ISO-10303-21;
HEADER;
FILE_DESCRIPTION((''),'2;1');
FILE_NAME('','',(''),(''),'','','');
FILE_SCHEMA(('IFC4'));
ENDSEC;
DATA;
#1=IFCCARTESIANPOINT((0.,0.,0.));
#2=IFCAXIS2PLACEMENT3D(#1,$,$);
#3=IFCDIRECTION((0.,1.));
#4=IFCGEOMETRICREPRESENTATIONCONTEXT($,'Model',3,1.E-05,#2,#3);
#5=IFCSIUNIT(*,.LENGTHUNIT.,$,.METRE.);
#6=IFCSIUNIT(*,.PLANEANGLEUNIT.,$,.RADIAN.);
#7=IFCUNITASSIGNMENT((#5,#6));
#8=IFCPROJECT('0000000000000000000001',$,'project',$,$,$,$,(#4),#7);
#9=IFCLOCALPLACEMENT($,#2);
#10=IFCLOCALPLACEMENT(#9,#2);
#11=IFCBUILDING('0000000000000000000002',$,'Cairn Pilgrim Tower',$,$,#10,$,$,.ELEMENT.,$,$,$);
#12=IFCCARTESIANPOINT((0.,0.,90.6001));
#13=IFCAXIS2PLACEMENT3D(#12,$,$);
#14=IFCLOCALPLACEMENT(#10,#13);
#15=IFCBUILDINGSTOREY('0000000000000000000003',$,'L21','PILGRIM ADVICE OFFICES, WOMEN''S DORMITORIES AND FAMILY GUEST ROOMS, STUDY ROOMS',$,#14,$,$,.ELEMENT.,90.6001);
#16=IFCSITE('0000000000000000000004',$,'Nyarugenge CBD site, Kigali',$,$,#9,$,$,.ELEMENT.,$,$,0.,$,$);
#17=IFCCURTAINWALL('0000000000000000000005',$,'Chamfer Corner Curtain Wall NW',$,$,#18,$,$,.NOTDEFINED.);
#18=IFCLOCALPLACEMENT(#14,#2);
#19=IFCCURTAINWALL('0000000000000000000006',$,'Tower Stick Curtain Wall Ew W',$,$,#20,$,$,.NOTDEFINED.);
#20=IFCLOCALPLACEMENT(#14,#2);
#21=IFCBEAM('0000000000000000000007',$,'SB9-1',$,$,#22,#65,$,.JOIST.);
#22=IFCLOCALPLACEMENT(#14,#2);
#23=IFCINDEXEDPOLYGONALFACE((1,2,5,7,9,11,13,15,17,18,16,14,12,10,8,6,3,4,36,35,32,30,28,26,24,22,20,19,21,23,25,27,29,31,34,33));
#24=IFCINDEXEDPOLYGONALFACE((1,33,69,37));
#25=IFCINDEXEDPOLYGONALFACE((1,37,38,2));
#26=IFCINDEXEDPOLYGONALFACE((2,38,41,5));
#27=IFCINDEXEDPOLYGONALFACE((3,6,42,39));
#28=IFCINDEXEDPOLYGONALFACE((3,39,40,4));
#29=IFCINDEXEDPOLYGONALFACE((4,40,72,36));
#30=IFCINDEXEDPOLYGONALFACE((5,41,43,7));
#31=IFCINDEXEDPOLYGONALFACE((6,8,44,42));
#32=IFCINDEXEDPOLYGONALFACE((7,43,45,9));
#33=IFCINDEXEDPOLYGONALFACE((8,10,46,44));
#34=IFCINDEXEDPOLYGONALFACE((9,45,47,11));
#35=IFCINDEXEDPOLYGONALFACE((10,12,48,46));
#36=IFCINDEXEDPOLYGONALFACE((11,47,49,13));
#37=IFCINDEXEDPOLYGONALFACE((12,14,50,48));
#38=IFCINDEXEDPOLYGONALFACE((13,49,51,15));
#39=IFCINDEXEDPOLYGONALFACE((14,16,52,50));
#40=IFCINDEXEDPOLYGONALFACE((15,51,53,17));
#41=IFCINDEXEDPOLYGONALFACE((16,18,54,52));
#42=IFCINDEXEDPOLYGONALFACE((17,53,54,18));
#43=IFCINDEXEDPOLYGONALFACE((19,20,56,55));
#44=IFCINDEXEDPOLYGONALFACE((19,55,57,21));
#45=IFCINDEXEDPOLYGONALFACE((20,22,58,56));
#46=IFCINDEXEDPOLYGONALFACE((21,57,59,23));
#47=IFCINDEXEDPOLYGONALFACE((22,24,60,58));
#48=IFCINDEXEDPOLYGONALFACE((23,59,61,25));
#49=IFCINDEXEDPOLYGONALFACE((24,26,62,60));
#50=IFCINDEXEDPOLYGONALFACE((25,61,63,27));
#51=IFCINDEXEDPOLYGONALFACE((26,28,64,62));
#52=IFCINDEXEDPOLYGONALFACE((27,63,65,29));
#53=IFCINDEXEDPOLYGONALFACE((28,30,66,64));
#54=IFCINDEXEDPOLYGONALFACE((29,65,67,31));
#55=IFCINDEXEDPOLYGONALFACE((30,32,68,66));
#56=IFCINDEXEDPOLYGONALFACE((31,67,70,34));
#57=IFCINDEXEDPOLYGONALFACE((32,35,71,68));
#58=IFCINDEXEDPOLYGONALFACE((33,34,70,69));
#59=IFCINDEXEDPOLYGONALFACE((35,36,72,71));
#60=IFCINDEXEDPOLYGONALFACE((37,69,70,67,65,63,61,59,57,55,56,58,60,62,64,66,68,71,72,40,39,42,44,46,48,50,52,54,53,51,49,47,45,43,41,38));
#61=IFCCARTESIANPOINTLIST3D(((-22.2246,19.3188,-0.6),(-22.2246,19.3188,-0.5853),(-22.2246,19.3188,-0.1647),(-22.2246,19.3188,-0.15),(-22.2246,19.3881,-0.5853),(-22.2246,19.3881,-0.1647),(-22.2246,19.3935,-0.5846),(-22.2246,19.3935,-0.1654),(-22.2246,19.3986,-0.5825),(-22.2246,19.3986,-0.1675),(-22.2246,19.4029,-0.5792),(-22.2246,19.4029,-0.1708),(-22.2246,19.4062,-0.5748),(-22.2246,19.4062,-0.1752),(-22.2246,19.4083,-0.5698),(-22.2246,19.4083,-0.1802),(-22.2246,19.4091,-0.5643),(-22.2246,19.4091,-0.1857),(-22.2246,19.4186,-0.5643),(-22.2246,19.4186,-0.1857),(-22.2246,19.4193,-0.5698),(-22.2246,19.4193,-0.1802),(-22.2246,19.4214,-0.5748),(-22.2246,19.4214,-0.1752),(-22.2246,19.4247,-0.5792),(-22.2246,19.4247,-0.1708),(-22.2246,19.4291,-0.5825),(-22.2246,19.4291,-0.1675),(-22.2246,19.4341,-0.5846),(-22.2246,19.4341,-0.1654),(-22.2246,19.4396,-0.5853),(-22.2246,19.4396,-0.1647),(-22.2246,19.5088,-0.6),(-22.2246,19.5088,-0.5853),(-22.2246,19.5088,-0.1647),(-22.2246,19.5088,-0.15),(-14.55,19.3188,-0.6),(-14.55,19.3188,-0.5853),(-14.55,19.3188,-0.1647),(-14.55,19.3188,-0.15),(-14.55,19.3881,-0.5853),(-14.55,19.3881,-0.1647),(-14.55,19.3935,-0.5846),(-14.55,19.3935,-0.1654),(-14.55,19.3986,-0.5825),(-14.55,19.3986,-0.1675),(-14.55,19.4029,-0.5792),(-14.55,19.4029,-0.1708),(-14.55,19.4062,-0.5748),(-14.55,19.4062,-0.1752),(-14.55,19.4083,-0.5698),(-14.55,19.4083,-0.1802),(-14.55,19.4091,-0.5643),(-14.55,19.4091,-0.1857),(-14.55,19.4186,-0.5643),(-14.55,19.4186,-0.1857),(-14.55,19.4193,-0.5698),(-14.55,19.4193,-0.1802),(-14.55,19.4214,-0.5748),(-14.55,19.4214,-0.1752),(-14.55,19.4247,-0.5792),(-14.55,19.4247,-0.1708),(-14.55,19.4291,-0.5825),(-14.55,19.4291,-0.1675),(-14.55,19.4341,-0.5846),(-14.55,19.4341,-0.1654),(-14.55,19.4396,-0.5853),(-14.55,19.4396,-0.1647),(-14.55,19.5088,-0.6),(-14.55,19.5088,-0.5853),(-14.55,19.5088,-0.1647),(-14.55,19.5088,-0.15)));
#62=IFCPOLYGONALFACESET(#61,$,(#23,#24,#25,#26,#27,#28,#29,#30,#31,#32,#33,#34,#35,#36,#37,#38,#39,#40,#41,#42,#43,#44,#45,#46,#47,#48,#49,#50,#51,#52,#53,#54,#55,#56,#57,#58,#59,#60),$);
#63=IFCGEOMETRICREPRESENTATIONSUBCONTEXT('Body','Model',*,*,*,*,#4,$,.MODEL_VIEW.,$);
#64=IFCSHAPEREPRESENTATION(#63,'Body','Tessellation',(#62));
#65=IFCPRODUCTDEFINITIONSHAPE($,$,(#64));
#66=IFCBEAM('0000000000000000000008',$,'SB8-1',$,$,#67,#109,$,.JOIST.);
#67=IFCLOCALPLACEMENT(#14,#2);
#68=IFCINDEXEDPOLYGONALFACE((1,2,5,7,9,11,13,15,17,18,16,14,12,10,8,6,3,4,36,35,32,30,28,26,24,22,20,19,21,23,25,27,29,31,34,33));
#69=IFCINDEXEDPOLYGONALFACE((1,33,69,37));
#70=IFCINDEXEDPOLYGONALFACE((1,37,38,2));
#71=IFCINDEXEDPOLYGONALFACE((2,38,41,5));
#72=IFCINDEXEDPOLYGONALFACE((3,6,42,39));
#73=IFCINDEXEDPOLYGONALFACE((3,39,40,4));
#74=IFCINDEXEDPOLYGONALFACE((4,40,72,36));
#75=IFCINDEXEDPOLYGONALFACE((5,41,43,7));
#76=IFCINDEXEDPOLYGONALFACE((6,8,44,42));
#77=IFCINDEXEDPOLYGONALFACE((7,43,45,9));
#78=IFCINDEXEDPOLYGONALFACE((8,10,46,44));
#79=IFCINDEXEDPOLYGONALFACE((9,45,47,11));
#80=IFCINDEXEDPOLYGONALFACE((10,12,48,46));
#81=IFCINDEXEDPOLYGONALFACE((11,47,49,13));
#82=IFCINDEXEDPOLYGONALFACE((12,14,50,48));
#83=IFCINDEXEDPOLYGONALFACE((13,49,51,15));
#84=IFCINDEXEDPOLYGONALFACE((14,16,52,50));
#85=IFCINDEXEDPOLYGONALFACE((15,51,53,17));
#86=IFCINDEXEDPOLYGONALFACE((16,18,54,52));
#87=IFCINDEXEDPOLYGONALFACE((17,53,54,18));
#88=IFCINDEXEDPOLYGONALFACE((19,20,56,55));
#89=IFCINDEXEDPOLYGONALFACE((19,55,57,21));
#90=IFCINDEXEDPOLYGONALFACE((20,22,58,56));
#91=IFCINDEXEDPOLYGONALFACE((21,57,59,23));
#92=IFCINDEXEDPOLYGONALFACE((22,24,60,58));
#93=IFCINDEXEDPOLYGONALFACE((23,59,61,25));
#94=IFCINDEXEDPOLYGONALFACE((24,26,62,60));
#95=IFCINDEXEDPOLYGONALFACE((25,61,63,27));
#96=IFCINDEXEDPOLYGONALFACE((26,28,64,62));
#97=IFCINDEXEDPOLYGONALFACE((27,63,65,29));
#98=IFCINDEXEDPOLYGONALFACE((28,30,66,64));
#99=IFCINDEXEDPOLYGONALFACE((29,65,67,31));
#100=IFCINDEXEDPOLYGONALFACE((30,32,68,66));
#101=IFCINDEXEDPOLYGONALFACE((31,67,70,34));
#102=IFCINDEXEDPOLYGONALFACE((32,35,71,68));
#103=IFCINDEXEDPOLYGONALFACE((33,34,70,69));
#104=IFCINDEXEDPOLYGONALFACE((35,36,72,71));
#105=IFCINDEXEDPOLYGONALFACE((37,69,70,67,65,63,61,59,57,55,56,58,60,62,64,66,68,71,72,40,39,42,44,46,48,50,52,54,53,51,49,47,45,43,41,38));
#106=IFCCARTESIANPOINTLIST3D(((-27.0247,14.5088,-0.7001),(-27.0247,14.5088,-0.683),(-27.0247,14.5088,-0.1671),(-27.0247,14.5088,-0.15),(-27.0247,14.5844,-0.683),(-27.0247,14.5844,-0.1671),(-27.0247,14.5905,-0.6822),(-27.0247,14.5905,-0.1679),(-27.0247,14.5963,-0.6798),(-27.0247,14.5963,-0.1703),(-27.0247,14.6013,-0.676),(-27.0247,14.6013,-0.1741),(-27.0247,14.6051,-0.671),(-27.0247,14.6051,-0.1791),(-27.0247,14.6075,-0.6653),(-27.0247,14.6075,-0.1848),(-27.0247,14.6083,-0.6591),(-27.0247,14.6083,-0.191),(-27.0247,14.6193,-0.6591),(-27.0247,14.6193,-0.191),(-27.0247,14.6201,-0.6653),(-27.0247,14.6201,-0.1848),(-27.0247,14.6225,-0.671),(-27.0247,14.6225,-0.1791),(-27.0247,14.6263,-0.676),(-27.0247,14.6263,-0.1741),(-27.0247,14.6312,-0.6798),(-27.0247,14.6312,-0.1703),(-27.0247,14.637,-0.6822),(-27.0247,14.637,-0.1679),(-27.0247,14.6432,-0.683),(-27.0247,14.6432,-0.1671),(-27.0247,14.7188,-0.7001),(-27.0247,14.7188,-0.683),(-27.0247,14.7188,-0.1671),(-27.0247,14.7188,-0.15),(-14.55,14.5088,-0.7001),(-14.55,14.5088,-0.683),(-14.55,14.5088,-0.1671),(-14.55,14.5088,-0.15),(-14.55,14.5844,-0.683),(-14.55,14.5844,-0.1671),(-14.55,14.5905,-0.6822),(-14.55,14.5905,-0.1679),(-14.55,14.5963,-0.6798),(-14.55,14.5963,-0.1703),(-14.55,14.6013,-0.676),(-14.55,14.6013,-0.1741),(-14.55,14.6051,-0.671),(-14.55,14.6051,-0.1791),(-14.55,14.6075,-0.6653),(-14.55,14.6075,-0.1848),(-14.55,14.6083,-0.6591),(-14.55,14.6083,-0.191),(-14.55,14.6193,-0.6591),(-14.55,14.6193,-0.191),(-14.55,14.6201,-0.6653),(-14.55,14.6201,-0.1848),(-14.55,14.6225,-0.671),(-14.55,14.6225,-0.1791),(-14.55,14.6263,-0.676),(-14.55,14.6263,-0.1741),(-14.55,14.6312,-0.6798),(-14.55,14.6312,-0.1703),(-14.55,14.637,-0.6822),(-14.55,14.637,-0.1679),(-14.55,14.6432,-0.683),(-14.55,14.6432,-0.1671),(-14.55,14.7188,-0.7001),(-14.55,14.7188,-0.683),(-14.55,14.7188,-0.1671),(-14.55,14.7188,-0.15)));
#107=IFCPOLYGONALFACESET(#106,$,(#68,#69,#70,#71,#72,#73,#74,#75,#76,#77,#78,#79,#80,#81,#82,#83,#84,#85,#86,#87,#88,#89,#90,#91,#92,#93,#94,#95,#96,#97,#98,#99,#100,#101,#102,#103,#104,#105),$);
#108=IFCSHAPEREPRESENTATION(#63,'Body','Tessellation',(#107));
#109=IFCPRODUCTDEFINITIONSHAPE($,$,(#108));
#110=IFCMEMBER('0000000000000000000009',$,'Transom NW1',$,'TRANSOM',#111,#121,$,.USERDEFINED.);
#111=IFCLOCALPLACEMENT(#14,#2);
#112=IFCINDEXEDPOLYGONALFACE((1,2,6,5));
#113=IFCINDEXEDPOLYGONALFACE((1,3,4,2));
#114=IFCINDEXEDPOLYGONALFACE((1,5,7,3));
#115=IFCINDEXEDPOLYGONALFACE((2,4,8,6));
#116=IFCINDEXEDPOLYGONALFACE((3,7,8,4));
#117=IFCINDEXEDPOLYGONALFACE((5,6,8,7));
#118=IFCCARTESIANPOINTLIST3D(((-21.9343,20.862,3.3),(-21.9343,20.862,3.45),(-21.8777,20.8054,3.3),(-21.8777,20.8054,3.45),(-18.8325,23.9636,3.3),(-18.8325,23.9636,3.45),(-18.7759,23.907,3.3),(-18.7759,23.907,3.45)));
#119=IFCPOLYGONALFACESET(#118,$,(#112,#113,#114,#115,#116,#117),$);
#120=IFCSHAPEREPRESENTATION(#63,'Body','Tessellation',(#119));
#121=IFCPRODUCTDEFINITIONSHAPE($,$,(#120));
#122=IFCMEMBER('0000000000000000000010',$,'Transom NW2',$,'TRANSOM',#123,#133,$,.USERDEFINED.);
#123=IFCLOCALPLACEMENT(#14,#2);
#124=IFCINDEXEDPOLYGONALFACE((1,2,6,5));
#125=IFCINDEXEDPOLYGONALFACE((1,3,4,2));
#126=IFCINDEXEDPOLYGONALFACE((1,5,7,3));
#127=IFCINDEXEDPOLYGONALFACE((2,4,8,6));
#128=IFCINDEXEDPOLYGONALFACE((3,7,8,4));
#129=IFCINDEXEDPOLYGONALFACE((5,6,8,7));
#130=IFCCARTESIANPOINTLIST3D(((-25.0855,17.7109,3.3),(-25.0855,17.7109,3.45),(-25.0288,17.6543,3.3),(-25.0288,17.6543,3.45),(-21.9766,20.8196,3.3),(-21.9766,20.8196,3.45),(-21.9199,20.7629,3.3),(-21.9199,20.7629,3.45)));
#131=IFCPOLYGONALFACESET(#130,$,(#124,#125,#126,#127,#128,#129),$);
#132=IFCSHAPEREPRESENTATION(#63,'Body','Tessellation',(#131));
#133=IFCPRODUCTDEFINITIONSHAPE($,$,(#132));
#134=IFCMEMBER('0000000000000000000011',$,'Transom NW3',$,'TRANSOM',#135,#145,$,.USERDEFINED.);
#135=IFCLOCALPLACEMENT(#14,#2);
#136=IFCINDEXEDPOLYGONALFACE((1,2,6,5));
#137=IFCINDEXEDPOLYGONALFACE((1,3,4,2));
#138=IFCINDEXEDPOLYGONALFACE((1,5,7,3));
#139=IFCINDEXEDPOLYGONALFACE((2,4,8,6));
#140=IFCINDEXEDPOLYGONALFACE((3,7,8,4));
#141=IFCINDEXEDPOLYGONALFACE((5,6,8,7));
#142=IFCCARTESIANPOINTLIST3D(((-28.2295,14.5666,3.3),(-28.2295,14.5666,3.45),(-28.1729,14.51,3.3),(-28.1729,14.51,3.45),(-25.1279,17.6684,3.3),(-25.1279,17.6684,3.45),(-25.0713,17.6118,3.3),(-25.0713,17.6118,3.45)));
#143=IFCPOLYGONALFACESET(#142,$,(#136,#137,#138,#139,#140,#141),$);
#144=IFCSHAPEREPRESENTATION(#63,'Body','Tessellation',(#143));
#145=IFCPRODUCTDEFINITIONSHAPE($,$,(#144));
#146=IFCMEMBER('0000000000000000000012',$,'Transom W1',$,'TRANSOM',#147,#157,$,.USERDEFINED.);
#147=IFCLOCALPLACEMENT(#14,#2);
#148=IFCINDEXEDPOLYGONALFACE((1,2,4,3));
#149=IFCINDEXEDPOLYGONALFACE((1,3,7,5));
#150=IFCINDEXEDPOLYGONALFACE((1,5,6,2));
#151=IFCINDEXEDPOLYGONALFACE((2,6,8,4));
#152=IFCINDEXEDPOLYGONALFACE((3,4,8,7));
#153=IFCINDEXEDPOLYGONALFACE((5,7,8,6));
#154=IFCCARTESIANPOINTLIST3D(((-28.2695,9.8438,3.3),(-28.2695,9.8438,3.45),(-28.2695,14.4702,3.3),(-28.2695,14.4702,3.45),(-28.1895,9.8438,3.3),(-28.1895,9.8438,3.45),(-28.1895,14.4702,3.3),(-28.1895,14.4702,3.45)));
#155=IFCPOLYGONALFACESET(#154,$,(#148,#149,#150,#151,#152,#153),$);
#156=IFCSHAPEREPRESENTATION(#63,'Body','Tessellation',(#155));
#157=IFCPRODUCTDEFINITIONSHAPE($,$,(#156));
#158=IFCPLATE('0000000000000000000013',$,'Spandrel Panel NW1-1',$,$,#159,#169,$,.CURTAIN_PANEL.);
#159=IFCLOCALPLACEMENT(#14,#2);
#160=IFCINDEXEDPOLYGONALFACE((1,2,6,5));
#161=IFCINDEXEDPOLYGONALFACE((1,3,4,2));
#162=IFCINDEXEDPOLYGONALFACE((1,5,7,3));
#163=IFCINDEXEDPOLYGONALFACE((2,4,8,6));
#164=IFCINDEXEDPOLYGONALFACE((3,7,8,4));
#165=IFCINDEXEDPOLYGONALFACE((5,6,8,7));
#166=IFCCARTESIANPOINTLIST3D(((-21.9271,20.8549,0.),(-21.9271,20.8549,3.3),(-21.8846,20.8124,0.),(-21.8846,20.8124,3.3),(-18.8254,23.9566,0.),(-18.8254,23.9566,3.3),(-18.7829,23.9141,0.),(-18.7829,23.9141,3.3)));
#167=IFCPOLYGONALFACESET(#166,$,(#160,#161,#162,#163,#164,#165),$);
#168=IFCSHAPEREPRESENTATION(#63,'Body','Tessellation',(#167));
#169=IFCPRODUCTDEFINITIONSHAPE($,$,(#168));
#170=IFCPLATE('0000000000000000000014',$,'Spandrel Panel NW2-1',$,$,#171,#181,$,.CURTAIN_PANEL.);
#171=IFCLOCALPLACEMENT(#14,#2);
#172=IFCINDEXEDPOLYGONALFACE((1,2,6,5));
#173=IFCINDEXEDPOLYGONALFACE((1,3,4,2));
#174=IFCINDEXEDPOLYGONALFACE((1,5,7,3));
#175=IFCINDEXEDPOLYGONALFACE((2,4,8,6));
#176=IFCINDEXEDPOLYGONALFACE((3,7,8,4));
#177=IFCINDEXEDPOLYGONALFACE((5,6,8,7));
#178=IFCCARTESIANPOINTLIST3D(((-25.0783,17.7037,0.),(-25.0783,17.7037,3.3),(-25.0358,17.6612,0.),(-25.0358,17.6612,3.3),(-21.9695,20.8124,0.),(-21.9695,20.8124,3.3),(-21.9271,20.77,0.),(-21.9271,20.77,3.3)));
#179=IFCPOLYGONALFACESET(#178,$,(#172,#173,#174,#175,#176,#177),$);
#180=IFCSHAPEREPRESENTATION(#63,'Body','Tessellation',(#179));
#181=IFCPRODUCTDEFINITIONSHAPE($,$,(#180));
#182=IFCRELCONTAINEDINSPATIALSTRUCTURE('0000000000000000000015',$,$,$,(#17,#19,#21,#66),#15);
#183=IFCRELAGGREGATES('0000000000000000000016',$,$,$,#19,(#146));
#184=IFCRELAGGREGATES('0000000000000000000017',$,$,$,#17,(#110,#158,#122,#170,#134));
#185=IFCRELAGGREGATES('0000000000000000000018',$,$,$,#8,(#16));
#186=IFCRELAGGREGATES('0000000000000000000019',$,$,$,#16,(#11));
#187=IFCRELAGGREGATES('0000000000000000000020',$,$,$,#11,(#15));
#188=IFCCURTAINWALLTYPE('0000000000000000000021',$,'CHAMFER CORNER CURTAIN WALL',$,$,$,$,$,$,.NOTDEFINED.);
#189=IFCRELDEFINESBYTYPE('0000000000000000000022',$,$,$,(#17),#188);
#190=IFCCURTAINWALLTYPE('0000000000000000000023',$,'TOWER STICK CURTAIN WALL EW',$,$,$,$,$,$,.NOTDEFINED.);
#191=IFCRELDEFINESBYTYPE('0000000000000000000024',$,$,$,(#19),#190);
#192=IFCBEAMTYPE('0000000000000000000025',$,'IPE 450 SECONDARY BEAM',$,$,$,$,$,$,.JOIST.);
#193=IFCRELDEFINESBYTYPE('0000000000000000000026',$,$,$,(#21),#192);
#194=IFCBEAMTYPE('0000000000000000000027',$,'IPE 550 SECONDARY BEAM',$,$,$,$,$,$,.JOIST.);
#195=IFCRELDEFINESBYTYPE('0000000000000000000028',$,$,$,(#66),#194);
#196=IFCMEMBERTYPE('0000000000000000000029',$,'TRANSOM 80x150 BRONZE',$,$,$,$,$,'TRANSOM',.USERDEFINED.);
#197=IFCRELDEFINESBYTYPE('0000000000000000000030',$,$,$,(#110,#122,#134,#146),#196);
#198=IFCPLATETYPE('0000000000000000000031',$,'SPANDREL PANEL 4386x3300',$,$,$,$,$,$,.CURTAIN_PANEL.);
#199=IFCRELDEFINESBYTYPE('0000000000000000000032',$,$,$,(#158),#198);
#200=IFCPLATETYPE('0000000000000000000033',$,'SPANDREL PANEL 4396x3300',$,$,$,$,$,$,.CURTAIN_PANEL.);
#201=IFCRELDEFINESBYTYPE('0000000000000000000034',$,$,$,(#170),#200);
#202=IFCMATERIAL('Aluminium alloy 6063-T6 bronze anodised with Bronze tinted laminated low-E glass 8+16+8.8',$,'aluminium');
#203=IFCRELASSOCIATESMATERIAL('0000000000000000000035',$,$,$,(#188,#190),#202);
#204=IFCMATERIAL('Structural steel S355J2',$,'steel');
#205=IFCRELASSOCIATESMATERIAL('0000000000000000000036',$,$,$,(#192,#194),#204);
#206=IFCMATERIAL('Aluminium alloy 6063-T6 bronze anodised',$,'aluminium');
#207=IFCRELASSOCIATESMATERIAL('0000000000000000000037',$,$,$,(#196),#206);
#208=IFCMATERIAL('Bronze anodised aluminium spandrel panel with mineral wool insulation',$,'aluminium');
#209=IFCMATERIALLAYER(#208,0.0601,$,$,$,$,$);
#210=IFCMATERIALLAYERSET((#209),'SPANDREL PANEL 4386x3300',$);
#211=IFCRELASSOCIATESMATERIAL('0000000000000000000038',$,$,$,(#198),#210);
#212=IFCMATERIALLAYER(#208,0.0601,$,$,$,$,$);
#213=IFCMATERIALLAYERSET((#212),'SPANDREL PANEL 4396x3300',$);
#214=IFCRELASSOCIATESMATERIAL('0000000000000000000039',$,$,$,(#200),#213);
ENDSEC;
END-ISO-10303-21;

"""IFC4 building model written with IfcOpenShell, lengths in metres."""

from ifc_helpers import new_model, si_unit, direction, frame, origin, origin_2d, place, context, subcontext, project, spatial, rectangle, i_section, extrude, material, layer, layer_set, material_profile, profile_set, type_object, element, aggregate, save


model = new_model("IFC4")

# Units and contexts
model_context = context("Model", 3, precision=1e-05, world=origin(), true_north=direction((0.0, 1.0)))
body_context = subcontext(model_context, "Body", "Model", "MODEL_VIEW")
ifc_project = project(units=[si_unit("LENGTHUNIT", "METRE"), si_unit("PLANEANGLEUNIT", "RADIAN")], contexts=[model_context])

# Site, building, storey
site_placement = place(None, origin())
site = spatial("IfcSite", under=ifc_project, at=site_placement, Name="Nyarugenge CBD site, Kigali", CompositionType="ELEMENT", RefElevation=0.0)
building_placement = place(site_placement, origin())
building = spatial("IfcBuilding", under=site, at=building_placement, Name="Cairn Pilgrim Tower", CompositionType="ELEMENT")
storey_placement = place(building_placement, frame((0.0, 0.0, 90.6001)))
storey = spatial("IfcBuildingStorey", under=building, at=storey_placement, Name="L21", Description="PILGRIM ADVICE OFFICES, WOMEN'S DORMITORIES AND FAMILY GUEST ROOMS, STUDY ROOMS", CompositionType="ELEMENT", Elevation=90.6001)

# Shared definitions
ifc_material_1 = material(Name="Structural steel S355J2", Category="steel")

# Curtain wall
ifc_material_2 = material(Name="Aluminium alloy 6063-T6 bronze anodised with Bronze tinted laminated low-E glass 8+16+8.8", Category="aluminium")
curtain_wall_type_1 = type_object("IfcCurtainWallType", Name="CHAMFER CORNER CURTAIN WALL", PredefinedType="NOTDEFINED", material=ifc_material_2)
curtain_wall_1_placement = place(storey_placement, origin())
curtain_wall_1 = element("IfcCurtainWall", 1, at=curtain_wall_1_placement, inside=storey, type_object=curtain_wall_type_1, Name="Chamfer Corner Curtain Wall NW", PredefinedType="NOTDEFINED")
ifc_material_3 = material(Name="Aluminium alloy 6063-T6 bronze anodised", Category="aluminium")

# Curtain wall
curtain_wall_type_2 = type_object("IfcCurtainWallType", Name="TOWER STICK CURTAIN WALL EW", PredefinedType="NOTDEFINED", material=ifc_material_2)
curtain_wall_2_placement = place(storey_placement, origin())
curtain_wall_2 = element("IfcCurtainWall", 2, at=curtain_wall_2_placement, inside=storey, type_object=curtain_wall_type_2, Name="Tower Stick Curtain Wall Ew W", PredefinedType="NOTDEFINED")

# Beams
ifc_material_profile_1 = material_profile(ifc_material_1, i_section(OverallWidth=0.1899, OverallDepth=0.45, WebThickness=0.0095, FlangeThickness=0.0146, FilletRadius=0.021, at=origin_2d()), Name="IPE 450")
ifc_profile_set_1 = profile_set([ifc_material_profile_1], Name="Structural steel S355J2")
beam_type_1 = type_object("IfcBeamType", Name="IPE 450 SECONDARY BEAM", PredefinedType="JOIST", material=ifc_profile_set_1)
beam_1_placement = place(storey_placement, frame((-22.2246, 19.4138, -0.375), z_axis=(1.0, 0.0, 0.0), x_axis=(0.0, 1.0, 0.0)))
element("IfcBeam", 3, at=beam_1_placement, inside=storey, type_object=beam_type_1, Name="SB9-1", PredefinedType="JOIST", context=body_context, shape_type="SweptSolid", body=[
    extrude(i_section(OverallWidth=0.1899, OverallDepth=0.45, WebThickness=0.0095, FlangeThickness=0.0146, FilletRadius=0.021, at=origin_2d()), origin(), (0.0, 0.0, 1.0), 7.6746),
])
ifc_material_profile_2 = material_profile(ifc_material_1, i_section(OverallWidth=0.21, OverallDepth=0.55, WebThickness=0.011, FlangeThickness=0.0171, FilletRadius=0.0239, at=origin_2d()), Name="IPE 550")
ifc_profile_set_2 = profile_set([ifc_material_profile_2], Name="Structural steel S355J2")
beam_type_2 = type_object("IfcBeamType", Name="IPE 550 SECONDARY BEAM", PredefinedType="JOIST", material=ifc_profile_set_2)
beam_2_placement = place(storey_placement, frame((-27.0247, 14.6138, -0.425), z_axis=(1.0, 0.0, 0.0), x_axis=(0.0, 1.0, 0.0)))
element("IfcBeam", 4, at=beam_2_placement, inside=storey, type_object=beam_type_2, Name="SB8-1", PredefinedType="JOIST", context=body_context, shape_type="SweptSolid", body=[
    extrude(i_section(OverallWidth=0.21, OverallDepth=0.55, WebThickness=0.011, FlangeThickness=0.0171, FilletRadius=0.0239, at=origin_2d()), origin(), (0.0, 0.0, 1.0), 12.4746),
])

# Members
ifc_material_profile_3 = material_profile(ifc_material_3, rectangle(XDim=0.0801, YDim=0.1499, at=origin_2d()), Name="TRANSOM 80x150 BRONZE")
ifc_profile_set_3 = profile_set([ifc_material_profile_3], Name="Aluminium alloy 6063-T6 bronze anodised")
member_type_1 = type_object("IfcMemberType", Name="TRANSOM 80x150 BRONZE", ElementType="TRANSOM", PredefinedType="USERDEFINED", material=ifc_profile_set_3)
member_1_placement = place(storey_placement, frame((-18.8042, 23.9353, 3.375), z_axis=(-0.707135, -0.707079, 0.0), x_axis=(0.707079, -0.707135, 0.0)))
member_1 = element("IfcMember", 5, at=member_1_placement, type_object=member_type_1, Name="Transom NW1", ObjectType="TRANSOM", PredefinedType="USERDEFINED", context=body_context, shape_type="SweptSolid", body=[
    extrude(rectangle(XDim=0.0801, YDim=0.1499, at=origin_2d()), origin(), (0.0, 0.0, 1.0), 4.3865),
])
member_2_placement = place(storey_placement, frame((-21.9482, 20.7913, 3.375), z_axis=(-0.707135, -0.707079, 0.0), x_axis=(0.707079, -0.707135, 0.0)))
member_2 = element("IfcMember", 6, at=member_2_placement, type_object=member_type_1, Name="Transom NW2", ObjectType="TRANSOM", PredefinedType="USERDEFINED", context=body_context, shape_type="SweptSolid", body=[
    extrude(rectangle(XDim=0.0801, YDim=0.1499, at=origin_2d()), origin(), (0.0, 0.0, 1.0), 4.3965),
])
member_3_placement = place(storey_placement, frame((-25.0996, 17.6401, 3.375), z_axis=(-0.707079, -0.707135, 0.0), x_axis=(0.707135, -0.707079, 0.0)))
member_3 = element("IfcMember", 7, at=member_3_placement, type_object=member_type_1, Name="Transom NW3", ObjectType="TRANSOM", PredefinedType="USERDEFINED", context=body_context, shape_type="SweptSolid", body=[
    extrude(rectangle(XDim=0.0801, YDim=0.1499, at=origin_2d()), origin(), (0.0, 0.0, 1.0), 4.3865),
])
member_4_placement = place(storey_placement, frame((-28.2295, 14.4702, 3.375), z_axis=(0.0, -1.0, 0.0), x_axis=(1.0, 0.0, 0.0)))
member_4 = element("IfcMember", 8, at=member_4_placement, type_object=member_type_1, Name="Transom W1", ObjectType="TRANSOM", PredefinedType="USERDEFINED", context=body_context, shape_type="SweptSolid", body=[
    extrude(rectangle(XDim=0.0801, YDim=0.1499, at=origin_2d()), origin(), (0.0, 0.0, 1.0), 4.6265),
])
aggregate(curtain_wall_2, [member_4])

# Plates
ifc_material_4 = material(Name="Bronze anodised aluminium spandrel panel with mineral wool insulation", Category="aluminium")
ifc_layer_1 = layer(ifc_material_4, 0.0601)
ifc_layer_set_1 = layer_set([ifc_layer_1], Name="SPANDREL PANEL 4386x3300")
plate_type_1 = type_object("IfcPlateType", Name="SPANDREL PANEL 4386x3300", PredefinedType="CURTAIN_PANEL", material=ifc_layer_set_1)
plate_1_placement = place(storey_placement, frame((-20.355, 22.3845, 0.0), z_axis=(0.0, 0.0, 1.0), x_axis=(-0.707107, -0.707107, 0.0)))
plate_1 = element("IfcPlate", 9, at=plate_1_placement, type_object=plate_type_1, Name="Spandrel Panel NW1-1", PredefinedType="CURTAIN_PANEL", context=body_context, shape_type="SweptSolid", body=[
    extrude(rectangle(XDim=4.3865, YDim=0.0601, at=origin_2d()), origin(), (0.0, 0.0, 1.0), 3.3),
])
ifc_layer_2 = layer(ifc_material_4, 0.0601)
ifc_layer_set_2 = layer_set([ifc_layer_2], Name="SPANDREL PANEL 4396x3300")
plate_type_2 = type_object("IfcPlateType", Name="SPANDREL PANEL 4396x3300", PredefinedType="CURTAIN_PANEL", material=ifc_layer_set_2)
plate_2_placement = place(storey_placement, frame((-23.5027, 19.2368, 0.0), z_axis=(0.0, 0.0, 1.0), x_axis=(-0.707107, -0.707107, 0.0)))
plate_2 = element("IfcPlate", 10, at=plate_2_placement, type_object=plate_type_2, Name="Spandrel Panel NW2-1", PredefinedType="CURTAIN_PANEL", context=body_context, shape_type="SweptSolid", body=[
    extrude(rectangle(XDim=4.3965, YDim=0.0601, at=origin_2d()), origin(), (0.0, 0.0, 1.0), 3.3),
])

aggregate(curtain_wall_1, [member_1, plate_1, member_2, plate_2, member_3])

save(model, "model.ifc")
